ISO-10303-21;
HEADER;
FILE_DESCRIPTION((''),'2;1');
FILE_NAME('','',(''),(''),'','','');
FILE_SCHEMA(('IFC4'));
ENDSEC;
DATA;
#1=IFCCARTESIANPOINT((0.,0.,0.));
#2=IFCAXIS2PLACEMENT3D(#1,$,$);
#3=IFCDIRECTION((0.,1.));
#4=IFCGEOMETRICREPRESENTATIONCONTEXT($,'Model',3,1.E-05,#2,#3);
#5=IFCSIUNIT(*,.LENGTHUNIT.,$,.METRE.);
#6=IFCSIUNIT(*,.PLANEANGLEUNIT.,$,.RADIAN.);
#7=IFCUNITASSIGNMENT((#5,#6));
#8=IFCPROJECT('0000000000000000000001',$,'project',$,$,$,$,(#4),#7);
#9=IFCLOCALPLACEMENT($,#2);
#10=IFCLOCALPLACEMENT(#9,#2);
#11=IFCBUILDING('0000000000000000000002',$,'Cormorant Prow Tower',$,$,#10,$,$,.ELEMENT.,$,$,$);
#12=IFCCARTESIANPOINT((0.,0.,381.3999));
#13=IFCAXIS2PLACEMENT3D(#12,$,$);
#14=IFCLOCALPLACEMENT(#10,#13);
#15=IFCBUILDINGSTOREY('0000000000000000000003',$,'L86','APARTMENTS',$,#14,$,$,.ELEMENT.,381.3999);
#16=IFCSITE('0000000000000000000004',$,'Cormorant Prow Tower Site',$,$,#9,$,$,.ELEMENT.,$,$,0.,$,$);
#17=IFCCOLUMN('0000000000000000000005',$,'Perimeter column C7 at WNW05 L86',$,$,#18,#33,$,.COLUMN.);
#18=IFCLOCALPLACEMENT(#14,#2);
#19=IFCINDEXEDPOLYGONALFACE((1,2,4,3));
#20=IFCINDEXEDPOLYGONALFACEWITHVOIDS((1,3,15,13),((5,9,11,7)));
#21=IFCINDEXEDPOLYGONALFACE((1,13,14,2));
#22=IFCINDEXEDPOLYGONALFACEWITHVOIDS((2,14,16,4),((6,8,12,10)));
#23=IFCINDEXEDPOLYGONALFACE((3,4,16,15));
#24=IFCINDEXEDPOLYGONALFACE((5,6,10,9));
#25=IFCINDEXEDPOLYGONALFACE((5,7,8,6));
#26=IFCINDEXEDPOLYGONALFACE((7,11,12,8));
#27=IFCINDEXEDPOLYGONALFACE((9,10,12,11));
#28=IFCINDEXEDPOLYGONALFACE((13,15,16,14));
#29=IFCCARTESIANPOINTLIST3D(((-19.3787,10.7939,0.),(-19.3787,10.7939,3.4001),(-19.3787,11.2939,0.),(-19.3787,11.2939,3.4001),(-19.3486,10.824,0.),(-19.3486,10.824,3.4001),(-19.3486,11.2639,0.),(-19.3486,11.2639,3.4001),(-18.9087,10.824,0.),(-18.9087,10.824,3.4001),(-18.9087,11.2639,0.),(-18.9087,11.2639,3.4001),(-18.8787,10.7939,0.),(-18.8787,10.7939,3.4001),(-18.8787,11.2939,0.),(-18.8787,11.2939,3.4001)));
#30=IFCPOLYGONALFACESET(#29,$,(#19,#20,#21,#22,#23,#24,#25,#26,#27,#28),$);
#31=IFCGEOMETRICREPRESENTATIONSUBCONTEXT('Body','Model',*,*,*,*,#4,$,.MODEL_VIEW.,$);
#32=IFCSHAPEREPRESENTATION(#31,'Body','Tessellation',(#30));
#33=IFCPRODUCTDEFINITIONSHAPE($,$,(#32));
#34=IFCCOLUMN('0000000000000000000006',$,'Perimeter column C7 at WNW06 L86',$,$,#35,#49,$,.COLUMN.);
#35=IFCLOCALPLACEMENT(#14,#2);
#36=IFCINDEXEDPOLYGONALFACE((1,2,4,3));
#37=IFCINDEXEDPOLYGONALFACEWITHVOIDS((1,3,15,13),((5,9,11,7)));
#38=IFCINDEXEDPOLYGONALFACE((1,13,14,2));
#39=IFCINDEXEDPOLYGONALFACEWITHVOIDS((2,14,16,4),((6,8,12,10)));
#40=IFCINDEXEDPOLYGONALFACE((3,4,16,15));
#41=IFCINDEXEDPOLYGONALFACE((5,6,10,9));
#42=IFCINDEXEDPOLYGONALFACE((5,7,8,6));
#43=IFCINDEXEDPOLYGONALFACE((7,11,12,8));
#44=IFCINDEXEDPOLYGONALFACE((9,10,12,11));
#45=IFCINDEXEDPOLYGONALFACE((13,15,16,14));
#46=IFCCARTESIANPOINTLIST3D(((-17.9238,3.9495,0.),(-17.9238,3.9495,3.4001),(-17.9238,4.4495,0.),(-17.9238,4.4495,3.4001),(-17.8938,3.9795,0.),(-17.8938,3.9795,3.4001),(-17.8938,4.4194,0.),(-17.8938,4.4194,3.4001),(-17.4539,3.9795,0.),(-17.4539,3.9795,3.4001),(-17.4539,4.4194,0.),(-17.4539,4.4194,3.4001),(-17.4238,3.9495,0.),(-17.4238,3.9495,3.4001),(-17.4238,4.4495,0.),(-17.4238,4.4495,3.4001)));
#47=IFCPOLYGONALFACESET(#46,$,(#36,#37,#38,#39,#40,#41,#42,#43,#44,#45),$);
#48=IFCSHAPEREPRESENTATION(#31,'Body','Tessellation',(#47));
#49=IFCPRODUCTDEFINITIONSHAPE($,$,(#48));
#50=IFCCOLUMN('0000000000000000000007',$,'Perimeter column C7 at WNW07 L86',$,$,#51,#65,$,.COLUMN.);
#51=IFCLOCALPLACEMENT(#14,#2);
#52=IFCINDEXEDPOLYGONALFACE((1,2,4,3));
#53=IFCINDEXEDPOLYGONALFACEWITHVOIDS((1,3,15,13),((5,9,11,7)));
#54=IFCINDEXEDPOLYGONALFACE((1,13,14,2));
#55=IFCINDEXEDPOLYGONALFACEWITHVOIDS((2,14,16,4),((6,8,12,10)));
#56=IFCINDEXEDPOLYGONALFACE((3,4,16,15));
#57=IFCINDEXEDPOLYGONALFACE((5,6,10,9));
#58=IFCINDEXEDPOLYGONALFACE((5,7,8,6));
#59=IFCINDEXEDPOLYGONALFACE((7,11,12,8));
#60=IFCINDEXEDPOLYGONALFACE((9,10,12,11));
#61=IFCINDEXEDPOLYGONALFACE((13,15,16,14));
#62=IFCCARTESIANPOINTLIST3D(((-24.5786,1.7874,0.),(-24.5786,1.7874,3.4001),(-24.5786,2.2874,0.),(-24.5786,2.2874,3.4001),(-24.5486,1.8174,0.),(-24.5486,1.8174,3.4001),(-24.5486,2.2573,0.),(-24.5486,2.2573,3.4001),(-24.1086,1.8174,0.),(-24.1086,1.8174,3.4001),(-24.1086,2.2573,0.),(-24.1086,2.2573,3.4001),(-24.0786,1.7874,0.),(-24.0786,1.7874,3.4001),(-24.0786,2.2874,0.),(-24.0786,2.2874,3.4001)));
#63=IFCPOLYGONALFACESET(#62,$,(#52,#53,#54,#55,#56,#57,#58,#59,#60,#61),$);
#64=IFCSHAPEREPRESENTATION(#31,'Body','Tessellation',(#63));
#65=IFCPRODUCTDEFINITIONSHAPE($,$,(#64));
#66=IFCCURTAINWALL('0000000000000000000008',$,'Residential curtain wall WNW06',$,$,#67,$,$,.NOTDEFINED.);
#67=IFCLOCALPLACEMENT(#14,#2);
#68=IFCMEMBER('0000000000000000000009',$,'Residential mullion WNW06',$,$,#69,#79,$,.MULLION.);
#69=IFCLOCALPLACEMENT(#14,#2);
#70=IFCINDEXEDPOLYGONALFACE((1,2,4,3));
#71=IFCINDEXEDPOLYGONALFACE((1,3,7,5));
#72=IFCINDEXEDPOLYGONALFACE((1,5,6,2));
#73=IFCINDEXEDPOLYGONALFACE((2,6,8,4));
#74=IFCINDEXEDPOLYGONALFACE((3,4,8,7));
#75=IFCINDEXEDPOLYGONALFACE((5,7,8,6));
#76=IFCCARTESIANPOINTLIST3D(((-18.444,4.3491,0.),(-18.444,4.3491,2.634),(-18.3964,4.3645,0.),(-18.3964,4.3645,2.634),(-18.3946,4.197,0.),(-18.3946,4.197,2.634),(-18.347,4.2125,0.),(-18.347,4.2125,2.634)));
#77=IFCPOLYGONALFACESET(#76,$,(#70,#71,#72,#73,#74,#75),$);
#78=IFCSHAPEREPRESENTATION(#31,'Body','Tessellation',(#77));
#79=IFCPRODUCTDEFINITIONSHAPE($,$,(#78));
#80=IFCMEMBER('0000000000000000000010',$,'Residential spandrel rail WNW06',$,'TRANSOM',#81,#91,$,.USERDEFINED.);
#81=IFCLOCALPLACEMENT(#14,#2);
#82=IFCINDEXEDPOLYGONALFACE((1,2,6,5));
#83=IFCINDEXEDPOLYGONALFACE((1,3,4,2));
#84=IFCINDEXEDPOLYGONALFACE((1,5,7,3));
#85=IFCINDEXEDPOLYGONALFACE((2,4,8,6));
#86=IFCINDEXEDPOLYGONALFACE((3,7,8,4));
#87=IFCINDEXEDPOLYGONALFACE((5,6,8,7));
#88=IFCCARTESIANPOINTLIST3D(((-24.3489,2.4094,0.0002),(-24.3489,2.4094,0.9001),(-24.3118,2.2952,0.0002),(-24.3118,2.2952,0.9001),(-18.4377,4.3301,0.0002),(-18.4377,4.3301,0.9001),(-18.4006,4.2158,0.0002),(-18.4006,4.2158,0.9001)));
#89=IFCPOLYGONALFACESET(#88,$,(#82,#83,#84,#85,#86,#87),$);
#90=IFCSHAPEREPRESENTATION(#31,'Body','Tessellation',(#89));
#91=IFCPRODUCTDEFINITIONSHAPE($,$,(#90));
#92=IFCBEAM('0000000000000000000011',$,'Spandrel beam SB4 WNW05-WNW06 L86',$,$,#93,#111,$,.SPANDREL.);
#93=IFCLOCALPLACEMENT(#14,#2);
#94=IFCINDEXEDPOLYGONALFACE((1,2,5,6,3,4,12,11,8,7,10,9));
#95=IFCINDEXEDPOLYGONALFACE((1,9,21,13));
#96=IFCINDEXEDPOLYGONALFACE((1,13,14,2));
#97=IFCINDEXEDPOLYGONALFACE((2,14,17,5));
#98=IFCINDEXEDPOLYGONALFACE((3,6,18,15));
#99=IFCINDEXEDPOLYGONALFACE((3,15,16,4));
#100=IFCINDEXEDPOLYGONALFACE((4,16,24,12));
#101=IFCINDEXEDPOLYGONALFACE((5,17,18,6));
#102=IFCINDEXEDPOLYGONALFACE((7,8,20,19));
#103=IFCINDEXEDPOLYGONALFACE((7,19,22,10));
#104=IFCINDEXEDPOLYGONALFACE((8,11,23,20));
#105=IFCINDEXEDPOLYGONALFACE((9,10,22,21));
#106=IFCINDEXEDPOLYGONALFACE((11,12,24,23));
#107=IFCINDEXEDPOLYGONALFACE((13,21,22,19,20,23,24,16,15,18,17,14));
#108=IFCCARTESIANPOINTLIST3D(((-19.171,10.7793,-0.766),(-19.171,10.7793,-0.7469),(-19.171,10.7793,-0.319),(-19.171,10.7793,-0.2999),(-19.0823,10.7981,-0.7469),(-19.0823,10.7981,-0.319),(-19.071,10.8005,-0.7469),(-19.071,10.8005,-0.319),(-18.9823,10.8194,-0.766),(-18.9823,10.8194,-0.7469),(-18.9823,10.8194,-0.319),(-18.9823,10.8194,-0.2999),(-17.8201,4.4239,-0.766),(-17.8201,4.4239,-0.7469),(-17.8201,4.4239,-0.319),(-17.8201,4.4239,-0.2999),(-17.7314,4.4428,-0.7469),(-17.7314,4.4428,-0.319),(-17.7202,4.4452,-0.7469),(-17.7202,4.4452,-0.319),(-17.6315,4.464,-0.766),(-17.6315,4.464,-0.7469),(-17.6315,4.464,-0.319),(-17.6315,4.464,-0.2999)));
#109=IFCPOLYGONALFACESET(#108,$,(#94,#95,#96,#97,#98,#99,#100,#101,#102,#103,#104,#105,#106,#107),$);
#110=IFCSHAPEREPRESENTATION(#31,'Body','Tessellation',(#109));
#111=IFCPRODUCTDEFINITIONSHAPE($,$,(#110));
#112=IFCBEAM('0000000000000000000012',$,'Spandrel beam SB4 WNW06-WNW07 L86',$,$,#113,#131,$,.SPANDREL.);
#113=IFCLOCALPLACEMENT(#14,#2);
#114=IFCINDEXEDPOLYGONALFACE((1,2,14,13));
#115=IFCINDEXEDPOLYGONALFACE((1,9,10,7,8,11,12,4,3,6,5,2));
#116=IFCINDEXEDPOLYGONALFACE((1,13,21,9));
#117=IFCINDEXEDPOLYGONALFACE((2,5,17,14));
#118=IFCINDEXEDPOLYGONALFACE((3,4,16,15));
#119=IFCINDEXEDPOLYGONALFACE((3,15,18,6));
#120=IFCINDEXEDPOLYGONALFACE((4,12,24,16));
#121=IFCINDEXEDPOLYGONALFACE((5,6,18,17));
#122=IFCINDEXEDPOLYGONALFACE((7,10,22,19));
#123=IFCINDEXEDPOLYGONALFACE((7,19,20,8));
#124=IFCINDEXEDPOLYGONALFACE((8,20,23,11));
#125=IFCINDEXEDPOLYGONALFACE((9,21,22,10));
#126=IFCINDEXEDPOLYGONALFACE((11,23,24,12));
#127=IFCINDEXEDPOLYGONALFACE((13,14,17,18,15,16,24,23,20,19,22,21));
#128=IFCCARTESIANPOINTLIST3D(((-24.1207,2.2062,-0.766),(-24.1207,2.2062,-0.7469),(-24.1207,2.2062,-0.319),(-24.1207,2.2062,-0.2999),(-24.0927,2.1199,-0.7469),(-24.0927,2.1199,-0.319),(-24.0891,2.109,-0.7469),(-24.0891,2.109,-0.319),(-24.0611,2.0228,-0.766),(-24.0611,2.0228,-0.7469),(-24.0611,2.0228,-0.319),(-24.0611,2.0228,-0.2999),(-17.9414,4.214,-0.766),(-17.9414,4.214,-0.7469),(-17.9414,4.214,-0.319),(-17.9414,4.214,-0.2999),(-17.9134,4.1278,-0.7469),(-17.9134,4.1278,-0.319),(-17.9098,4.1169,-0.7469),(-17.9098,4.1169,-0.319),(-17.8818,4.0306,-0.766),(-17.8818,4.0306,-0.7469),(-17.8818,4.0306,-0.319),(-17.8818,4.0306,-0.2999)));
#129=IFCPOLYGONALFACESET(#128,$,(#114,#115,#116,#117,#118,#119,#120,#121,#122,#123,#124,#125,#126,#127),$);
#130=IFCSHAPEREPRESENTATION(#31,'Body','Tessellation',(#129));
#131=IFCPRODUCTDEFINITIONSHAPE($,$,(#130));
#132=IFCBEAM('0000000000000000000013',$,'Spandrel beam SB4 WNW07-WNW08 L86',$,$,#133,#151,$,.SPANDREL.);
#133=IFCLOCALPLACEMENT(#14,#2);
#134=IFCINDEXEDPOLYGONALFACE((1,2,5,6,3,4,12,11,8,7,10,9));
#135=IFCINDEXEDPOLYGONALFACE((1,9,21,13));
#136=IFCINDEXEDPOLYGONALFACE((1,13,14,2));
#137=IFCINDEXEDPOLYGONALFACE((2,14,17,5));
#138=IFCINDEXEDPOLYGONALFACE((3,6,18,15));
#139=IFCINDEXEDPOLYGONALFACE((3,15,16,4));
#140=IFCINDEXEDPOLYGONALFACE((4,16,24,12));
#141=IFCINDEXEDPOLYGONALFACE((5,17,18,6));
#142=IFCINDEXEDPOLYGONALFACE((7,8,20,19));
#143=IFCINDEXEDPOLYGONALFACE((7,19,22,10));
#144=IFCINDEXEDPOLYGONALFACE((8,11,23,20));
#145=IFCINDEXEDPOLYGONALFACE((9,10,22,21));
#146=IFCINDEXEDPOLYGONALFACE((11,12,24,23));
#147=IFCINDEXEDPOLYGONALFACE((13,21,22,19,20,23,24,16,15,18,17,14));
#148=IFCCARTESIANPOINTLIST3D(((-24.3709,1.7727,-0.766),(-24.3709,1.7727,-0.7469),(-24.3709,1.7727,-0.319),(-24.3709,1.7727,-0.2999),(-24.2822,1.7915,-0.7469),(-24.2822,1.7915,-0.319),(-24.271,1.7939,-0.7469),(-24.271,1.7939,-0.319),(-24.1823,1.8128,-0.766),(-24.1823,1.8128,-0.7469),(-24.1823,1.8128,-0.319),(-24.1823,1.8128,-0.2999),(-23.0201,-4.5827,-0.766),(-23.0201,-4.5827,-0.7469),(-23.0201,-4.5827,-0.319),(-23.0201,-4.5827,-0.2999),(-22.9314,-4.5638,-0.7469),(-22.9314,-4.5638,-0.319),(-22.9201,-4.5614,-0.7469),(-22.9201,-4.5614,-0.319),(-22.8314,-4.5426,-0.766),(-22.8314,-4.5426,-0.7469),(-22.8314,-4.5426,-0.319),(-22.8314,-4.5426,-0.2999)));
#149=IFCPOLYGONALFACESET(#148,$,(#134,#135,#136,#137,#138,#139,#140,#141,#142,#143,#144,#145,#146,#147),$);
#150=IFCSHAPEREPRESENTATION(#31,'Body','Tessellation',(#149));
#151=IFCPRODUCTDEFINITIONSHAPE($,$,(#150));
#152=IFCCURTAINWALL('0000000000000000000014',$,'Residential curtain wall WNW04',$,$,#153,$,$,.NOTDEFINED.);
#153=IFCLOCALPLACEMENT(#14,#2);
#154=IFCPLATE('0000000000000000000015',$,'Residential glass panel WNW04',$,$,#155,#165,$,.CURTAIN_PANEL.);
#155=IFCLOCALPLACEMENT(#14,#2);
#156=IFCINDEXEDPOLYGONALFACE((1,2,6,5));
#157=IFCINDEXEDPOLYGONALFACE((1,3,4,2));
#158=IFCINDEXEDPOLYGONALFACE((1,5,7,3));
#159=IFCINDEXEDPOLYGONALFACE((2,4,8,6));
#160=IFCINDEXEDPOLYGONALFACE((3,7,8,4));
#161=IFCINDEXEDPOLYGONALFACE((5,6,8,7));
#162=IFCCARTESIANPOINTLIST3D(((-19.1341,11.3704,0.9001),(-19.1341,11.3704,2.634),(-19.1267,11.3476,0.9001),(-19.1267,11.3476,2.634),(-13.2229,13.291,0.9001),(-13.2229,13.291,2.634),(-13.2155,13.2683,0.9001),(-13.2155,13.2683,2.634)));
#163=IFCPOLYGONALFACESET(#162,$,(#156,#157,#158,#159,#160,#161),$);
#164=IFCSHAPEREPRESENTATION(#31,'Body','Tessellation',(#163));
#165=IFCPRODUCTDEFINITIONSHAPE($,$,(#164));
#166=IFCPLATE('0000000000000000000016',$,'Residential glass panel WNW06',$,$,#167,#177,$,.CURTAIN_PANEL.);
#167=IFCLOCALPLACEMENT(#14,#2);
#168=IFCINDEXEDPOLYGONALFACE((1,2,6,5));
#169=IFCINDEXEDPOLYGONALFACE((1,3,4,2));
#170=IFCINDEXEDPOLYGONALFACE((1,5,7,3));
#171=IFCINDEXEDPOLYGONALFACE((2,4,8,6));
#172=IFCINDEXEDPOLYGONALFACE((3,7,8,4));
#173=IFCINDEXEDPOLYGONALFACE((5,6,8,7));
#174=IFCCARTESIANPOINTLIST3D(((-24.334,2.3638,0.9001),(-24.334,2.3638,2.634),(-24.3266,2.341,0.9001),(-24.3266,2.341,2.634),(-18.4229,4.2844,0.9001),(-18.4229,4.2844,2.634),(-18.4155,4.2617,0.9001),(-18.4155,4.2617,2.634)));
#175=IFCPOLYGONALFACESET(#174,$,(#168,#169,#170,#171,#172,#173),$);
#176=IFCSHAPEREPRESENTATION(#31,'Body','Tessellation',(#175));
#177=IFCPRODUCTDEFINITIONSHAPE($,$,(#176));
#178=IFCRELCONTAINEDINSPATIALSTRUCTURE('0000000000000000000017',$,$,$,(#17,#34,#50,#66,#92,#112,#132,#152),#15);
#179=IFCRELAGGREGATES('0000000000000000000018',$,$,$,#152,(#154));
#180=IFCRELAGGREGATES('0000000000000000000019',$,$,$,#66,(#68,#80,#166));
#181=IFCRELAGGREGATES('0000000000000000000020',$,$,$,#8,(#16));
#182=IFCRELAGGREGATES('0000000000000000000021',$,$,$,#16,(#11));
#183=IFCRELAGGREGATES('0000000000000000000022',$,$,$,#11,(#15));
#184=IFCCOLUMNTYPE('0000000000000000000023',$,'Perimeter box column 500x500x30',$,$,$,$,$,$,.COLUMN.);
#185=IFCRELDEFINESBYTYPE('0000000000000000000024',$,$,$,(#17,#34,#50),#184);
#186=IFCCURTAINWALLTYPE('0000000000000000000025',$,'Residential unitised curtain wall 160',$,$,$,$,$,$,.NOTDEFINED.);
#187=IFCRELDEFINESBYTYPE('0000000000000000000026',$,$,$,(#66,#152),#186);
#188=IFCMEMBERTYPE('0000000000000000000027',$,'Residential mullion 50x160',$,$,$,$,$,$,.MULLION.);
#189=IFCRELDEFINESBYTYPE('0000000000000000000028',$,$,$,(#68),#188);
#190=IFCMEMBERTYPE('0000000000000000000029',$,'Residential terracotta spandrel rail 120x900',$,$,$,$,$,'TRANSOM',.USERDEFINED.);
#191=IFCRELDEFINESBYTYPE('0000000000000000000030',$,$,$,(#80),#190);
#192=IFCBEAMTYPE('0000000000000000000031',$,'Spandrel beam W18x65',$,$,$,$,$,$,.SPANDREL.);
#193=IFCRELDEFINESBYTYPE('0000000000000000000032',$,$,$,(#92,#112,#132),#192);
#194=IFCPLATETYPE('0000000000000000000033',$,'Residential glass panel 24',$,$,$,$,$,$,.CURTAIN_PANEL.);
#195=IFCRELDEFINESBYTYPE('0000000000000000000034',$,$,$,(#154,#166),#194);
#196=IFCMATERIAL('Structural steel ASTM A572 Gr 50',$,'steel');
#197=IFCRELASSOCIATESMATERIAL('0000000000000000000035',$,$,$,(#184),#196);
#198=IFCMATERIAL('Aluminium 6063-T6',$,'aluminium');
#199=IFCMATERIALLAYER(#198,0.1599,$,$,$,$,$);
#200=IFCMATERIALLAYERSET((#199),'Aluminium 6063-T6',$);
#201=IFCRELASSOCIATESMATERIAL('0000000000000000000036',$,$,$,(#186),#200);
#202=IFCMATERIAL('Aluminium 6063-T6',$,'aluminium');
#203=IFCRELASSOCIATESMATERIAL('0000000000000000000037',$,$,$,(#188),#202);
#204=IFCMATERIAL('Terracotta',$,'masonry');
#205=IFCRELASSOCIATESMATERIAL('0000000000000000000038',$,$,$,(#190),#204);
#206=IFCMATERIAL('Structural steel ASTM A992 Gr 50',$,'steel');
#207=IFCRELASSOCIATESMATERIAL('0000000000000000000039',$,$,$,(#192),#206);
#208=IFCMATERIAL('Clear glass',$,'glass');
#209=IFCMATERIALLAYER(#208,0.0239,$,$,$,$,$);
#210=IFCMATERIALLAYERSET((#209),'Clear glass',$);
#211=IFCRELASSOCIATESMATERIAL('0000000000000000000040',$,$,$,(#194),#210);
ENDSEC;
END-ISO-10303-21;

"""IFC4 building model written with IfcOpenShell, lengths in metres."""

from ifc_helpers import new_model, si_unit, direction, frame, origin, origin_2d, place, context, subcontext, project, spatial, rectangle, hollow_rectangle, i_section, extrude, material, layer, layer_set, material_profile, profile_set, type_object, element, aggregate, save


model = new_model("IFC4")

# Units and contexts
model_context = context("Model", 3, precision=1e-05, world=origin(), true_north=direction((0.0, 1.0)))
body_context = subcontext(model_context, "Body", "Model", "MODEL_VIEW")
ifc_project = project(units=[si_unit("LENGTHUNIT", "METRE"), si_unit("PLANEANGLEUNIT", "RADIAN")], contexts=[model_context])

# Site, building, storey
site_placement = place(None, origin())
site = spatial("IfcSite", under=ifc_project, at=site_placement, Name="Cormorant Prow Tower Site", CompositionType="ELEMENT", RefElevation=0.0)
building_placement = place(site_placement, origin())
building = spatial("IfcBuilding", under=site, at=building_placement, Name="Cormorant Prow Tower", CompositionType="ELEMENT")
storey_placement = place(building_placement, frame((0.0, 0.0, 381.3999)))
storey = spatial("IfcBuildingStorey", under=building, at=storey_placement, Name="L86", Description="APARTMENTS", CompositionType="ELEMENT", Elevation=381.3999)

# Columns
ifc_material_1 = material(Name="Structural steel ASTM A572 Gr 50", Category="steel")
ifc_material_profile_1 = material_profile(ifc_material_1, hollow_rectangle(XDim=0.5, YDim=0.5, WallThickness=0.03, at=origin_2d()), Name="Box 500x500x30")
ifc_profile_set_1 = profile_set([ifc_material_profile_1], Name="Structural steel ASTM A572 Gr 50")
column_type = type_object("IfcColumnType", Name="Perimeter box column 500x500x30", PredefinedType="COLUMN", material=ifc_profile_set_1)
for number, where, z_axis, x_axis, name in (
    (1, (-19.1287, 11.0439, 0.0), (0.0, 0.0, 1.0), (1.0, 0.0, 0.0), "Perimeter column C7 at WNW05 L86"),
    (2, (-17.6738, 4.1995, 0.0), (0.0, 0.0, 1.0), (1.0, 0.0, 0.0), "Perimeter column C7 at WNW06 L86"),
    (3, (-24.3286, 2.0374, 0.0), (0.0, 0.0, 1.0), (1.0, 0.0, 0.0), "Perimeter column C7 at WNW07 L86"),
):
    element("IfcColumn", number, at=place(storey_placement, frame(where, z_axis=z_axis, x_axis=x_axis)), inside=storey, type_object=column_type, Name=name, PredefinedType="COLUMN", context=body_context, shape_type="SweptSolid", body=[
        extrude(hollow_rectangle(XDim=0.5, YDim=0.5, WallThickness=0.03, at=origin_2d()), origin(), (0.0, 0.0, 1.0), 3.4001),
    ])

# Curtain wall, members
ifc_material_2 = material(Name="Aluminium 6063-T6", Category="aluminium")
ifc_layer_1 = layer(ifc_material_2, 0.1599)
ifc_layer_set_1 = layer_set([ifc_layer_1], Name="Aluminium 6063-T6")
curtain_wall_type = type_object("IfcCurtainWallType", Name="Residential unitised curtain wall 160", PredefinedType="NOTDEFINED", material=ifc_layer_set_1)
curtain_wall_1_placement = place(storey_placement, origin())
curtain_wall_1 = element("IfcCurtainWall", 4, at=curtain_wall_1_placement, inside=storey, type_object=curtain_wall_type, Name="Residential curtain wall WNW06", PredefinedType="NOTDEFINED")
ifc_material_3 = material(Name="Aluminium 6063-T6", Category="aluminium")
ifc_material_profile_2 = material_profile(ifc_material_3, rectangle(XDim=0.1599, YDim=0.05, at=origin_2d()), Name="Residential mullion 50x160")
ifc_profile_set_2 = profile_set([ifc_material_profile_2], Name="Aluminium 6063-T6")
member_type_1 = type_object("IfcMemberType", Name="Residential mullion 50x160", PredefinedType="MULLION", material=ifc_profile_set_2)
member_1_placement = place(storey_placement, frame((-18.3955, 4.2808, 0.0), z_axis=(0.0, 0.0, 1.0), x_axis=(0.309017, -0.951057, 0.0)))
member_1 = element("IfcMember", 5, at=member_1_placement, type_object=member_type_1, Name="Residential mullion WNW06", PredefinedType="MULLION", context=body_context, shape_type="SweptSolid", body=[
    extrude(rectangle(XDim=0.1599, YDim=0.05, at=origin_2d()), origin(), (0.0, 0.0, 1.0), 2.634),
])
ifc_material_4 = material(Name="Terracotta", Category="masonry")
ifc_material_profile_3 = material_profile(ifc_material_4, rectangle(XDim=0.1201, YDim=0.8999, at=origin_2d()), Name="Residential terracotta spandrel rail 120x900")
ifc_profile_set_3 = profile_set([ifc_material_profile_3], Name="Terracotta")
member_type_2 = type_object("IfcMemberType", Name="Residential terracotta spandrel rail 120x900", ElementType="TRANSOM", PredefinedType="USERDEFINED", material=ifc_profile_set_3)
member_2_placement = place(storey_placement, frame((-18.4192, 4.2729, 0.4502), z_axis=(-0.951056, -0.309019, 0.0), x_axis=(0.309019, -0.951056, 0.0)))
member_2 = element("IfcMember", 6, at=member_2_placement, type_object=member_type_2, Name="Residential spandrel rail WNW06", ObjectType="TRANSOM", PredefinedType="USERDEFINED", context=body_context, shape_type="SweptSolid", body=[
    extrude(rectangle(XDim=0.1201, YDim=0.8999, at=origin_2d()), origin(), (0.0, 0.0, 1.0), 6.2153),
])

# Beams
ifc_material_5 = material(Name="Structural steel ASTM A992 Gr 50", Category="steel")
ifc_material_profile_4 = material_profile(ifc_material_5, i_section(OverallWidth=0.1929, OverallDepth=0.4661, WebThickness=0.0115, FlangeThickness=0.019, at=origin_2d()), Name="W18x65")
ifc_profile_set_4 = profile_set([ifc_material_profile_4], Name="Structural steel ASTM A992 Gr 50")
beam_type = type_object("IfcBeamType", Name="Spandrel beam W18x65", PredefinedType="SPANDREL", material=ifc_profile_set_4)
for number, where, z_axis, x_axis, name in (
    (7, (-19.0767, 10.7993, -0.533), (0.20791, -0.978148, 0.0), (0.978148, 0.20791, 0.0), "Spandrel beam SB4 WNW05-WNW06 L86"),
    (8, (-17.9116, 4.1223, -0.533), (-0.951053, -0.309027, 0.0), (0.309027, -0.951053, 0.0), "Spandrel beam SB4 WNW06-WNW07 L86"),
    (9, (-24.2766, 1.7927, -0.533), (0.20791, -0.978148, 0.0), (0.978148, 0.20791, 0.0), "Spandrel beam SB4 WNW07-WNW08 L86"),
):
    element("IfcBeam", number, at=place(storey_placement, frame(where, z_axis=z_axis, x_axis=x_axis)), inside=storey, type_object=beam_type, Name=name, PredefinedType="SPANDREL", context=body_context, shape_type="SweptSolid", body=[
        extrude(i_section(OverallWidth=0.1929, OverallDepth=0.4661, WebThickness=0.0115, FlangeThickness=0.019, at=origin_2d()), origin(), (0.0, 0.0, 1.0), 6.4973),
    ])

# Curtain wall, plate
curtain_wall_2_placement = place(storey_placement, origin())
curtain_wall_2 = element("IfcCurtainWall", 10, at=curtain_wall_2_placement, inside=storey, type_object=curtain_wall_type, Name="Residential curtain wall WNW04", PredefinedType="NOTDEFINED")
ifc_material_6 = material(Name="Clear glass", Category="glass")
ifc_layer_2 = layer(ifc_material_6, 0.0239)
ifc_layer_set_2 = layer_set([ifc_layer_2], Name="Clear glass")
plate_type = type_object("IfcPlateType", Name="Residential glass panel 24", PredefinedType="CURTAIN_PANEL", material=ifc_layer_set_2)
plate_1_placement = place(storey_placement, frame((-16.1748, 12.3193, 0.9001), z_axis=(0.0, 0.0, 1.0), x_axis=(-0.951057, -0.309017, 0.0)))
plate_1 = element("IfcPlate", 11, at=plate_1_placement, type_object=plate_type, Name="Residential glass panel WNW04", PredefinedType="CURTAIN_PANEL", context=body_context, shape_type="SweptSolid", body=[
    extrude(rectangle(XDim=6.2153, YDim=0.0239, at=origin_2d()), origin(), (0.0, 0.0, 1.0), 1.7339),
])
aggregate(curtain_wall_2, [plate_1])

# Plate
plate_2_placement = place(storey_placement, frame((-21.3748, 3.3127, 0.9001), z_axis=(0.0, 0.0, 1.0), x_axis=(-0.951057, -0.309017, 0.0)))
plate_2 = element("IfcPlate", 12, at=plate_2_placement, type_object=plate_type, Name="Residential glass panel WNW06", PredefinedType="CURTAIN_PANEL", context=body_context, shape_type="SweptSolid", body=[
    extrude(rectangle(XDim=6.2153, YDim=0.0239, at=origin_2d()), origin(), (0.0, 0.0, 1.0), 1.7339),
])
aggregate(curtain_wall_1, [member_1, member_2, plate_2])

save(model, "model.ifc")
